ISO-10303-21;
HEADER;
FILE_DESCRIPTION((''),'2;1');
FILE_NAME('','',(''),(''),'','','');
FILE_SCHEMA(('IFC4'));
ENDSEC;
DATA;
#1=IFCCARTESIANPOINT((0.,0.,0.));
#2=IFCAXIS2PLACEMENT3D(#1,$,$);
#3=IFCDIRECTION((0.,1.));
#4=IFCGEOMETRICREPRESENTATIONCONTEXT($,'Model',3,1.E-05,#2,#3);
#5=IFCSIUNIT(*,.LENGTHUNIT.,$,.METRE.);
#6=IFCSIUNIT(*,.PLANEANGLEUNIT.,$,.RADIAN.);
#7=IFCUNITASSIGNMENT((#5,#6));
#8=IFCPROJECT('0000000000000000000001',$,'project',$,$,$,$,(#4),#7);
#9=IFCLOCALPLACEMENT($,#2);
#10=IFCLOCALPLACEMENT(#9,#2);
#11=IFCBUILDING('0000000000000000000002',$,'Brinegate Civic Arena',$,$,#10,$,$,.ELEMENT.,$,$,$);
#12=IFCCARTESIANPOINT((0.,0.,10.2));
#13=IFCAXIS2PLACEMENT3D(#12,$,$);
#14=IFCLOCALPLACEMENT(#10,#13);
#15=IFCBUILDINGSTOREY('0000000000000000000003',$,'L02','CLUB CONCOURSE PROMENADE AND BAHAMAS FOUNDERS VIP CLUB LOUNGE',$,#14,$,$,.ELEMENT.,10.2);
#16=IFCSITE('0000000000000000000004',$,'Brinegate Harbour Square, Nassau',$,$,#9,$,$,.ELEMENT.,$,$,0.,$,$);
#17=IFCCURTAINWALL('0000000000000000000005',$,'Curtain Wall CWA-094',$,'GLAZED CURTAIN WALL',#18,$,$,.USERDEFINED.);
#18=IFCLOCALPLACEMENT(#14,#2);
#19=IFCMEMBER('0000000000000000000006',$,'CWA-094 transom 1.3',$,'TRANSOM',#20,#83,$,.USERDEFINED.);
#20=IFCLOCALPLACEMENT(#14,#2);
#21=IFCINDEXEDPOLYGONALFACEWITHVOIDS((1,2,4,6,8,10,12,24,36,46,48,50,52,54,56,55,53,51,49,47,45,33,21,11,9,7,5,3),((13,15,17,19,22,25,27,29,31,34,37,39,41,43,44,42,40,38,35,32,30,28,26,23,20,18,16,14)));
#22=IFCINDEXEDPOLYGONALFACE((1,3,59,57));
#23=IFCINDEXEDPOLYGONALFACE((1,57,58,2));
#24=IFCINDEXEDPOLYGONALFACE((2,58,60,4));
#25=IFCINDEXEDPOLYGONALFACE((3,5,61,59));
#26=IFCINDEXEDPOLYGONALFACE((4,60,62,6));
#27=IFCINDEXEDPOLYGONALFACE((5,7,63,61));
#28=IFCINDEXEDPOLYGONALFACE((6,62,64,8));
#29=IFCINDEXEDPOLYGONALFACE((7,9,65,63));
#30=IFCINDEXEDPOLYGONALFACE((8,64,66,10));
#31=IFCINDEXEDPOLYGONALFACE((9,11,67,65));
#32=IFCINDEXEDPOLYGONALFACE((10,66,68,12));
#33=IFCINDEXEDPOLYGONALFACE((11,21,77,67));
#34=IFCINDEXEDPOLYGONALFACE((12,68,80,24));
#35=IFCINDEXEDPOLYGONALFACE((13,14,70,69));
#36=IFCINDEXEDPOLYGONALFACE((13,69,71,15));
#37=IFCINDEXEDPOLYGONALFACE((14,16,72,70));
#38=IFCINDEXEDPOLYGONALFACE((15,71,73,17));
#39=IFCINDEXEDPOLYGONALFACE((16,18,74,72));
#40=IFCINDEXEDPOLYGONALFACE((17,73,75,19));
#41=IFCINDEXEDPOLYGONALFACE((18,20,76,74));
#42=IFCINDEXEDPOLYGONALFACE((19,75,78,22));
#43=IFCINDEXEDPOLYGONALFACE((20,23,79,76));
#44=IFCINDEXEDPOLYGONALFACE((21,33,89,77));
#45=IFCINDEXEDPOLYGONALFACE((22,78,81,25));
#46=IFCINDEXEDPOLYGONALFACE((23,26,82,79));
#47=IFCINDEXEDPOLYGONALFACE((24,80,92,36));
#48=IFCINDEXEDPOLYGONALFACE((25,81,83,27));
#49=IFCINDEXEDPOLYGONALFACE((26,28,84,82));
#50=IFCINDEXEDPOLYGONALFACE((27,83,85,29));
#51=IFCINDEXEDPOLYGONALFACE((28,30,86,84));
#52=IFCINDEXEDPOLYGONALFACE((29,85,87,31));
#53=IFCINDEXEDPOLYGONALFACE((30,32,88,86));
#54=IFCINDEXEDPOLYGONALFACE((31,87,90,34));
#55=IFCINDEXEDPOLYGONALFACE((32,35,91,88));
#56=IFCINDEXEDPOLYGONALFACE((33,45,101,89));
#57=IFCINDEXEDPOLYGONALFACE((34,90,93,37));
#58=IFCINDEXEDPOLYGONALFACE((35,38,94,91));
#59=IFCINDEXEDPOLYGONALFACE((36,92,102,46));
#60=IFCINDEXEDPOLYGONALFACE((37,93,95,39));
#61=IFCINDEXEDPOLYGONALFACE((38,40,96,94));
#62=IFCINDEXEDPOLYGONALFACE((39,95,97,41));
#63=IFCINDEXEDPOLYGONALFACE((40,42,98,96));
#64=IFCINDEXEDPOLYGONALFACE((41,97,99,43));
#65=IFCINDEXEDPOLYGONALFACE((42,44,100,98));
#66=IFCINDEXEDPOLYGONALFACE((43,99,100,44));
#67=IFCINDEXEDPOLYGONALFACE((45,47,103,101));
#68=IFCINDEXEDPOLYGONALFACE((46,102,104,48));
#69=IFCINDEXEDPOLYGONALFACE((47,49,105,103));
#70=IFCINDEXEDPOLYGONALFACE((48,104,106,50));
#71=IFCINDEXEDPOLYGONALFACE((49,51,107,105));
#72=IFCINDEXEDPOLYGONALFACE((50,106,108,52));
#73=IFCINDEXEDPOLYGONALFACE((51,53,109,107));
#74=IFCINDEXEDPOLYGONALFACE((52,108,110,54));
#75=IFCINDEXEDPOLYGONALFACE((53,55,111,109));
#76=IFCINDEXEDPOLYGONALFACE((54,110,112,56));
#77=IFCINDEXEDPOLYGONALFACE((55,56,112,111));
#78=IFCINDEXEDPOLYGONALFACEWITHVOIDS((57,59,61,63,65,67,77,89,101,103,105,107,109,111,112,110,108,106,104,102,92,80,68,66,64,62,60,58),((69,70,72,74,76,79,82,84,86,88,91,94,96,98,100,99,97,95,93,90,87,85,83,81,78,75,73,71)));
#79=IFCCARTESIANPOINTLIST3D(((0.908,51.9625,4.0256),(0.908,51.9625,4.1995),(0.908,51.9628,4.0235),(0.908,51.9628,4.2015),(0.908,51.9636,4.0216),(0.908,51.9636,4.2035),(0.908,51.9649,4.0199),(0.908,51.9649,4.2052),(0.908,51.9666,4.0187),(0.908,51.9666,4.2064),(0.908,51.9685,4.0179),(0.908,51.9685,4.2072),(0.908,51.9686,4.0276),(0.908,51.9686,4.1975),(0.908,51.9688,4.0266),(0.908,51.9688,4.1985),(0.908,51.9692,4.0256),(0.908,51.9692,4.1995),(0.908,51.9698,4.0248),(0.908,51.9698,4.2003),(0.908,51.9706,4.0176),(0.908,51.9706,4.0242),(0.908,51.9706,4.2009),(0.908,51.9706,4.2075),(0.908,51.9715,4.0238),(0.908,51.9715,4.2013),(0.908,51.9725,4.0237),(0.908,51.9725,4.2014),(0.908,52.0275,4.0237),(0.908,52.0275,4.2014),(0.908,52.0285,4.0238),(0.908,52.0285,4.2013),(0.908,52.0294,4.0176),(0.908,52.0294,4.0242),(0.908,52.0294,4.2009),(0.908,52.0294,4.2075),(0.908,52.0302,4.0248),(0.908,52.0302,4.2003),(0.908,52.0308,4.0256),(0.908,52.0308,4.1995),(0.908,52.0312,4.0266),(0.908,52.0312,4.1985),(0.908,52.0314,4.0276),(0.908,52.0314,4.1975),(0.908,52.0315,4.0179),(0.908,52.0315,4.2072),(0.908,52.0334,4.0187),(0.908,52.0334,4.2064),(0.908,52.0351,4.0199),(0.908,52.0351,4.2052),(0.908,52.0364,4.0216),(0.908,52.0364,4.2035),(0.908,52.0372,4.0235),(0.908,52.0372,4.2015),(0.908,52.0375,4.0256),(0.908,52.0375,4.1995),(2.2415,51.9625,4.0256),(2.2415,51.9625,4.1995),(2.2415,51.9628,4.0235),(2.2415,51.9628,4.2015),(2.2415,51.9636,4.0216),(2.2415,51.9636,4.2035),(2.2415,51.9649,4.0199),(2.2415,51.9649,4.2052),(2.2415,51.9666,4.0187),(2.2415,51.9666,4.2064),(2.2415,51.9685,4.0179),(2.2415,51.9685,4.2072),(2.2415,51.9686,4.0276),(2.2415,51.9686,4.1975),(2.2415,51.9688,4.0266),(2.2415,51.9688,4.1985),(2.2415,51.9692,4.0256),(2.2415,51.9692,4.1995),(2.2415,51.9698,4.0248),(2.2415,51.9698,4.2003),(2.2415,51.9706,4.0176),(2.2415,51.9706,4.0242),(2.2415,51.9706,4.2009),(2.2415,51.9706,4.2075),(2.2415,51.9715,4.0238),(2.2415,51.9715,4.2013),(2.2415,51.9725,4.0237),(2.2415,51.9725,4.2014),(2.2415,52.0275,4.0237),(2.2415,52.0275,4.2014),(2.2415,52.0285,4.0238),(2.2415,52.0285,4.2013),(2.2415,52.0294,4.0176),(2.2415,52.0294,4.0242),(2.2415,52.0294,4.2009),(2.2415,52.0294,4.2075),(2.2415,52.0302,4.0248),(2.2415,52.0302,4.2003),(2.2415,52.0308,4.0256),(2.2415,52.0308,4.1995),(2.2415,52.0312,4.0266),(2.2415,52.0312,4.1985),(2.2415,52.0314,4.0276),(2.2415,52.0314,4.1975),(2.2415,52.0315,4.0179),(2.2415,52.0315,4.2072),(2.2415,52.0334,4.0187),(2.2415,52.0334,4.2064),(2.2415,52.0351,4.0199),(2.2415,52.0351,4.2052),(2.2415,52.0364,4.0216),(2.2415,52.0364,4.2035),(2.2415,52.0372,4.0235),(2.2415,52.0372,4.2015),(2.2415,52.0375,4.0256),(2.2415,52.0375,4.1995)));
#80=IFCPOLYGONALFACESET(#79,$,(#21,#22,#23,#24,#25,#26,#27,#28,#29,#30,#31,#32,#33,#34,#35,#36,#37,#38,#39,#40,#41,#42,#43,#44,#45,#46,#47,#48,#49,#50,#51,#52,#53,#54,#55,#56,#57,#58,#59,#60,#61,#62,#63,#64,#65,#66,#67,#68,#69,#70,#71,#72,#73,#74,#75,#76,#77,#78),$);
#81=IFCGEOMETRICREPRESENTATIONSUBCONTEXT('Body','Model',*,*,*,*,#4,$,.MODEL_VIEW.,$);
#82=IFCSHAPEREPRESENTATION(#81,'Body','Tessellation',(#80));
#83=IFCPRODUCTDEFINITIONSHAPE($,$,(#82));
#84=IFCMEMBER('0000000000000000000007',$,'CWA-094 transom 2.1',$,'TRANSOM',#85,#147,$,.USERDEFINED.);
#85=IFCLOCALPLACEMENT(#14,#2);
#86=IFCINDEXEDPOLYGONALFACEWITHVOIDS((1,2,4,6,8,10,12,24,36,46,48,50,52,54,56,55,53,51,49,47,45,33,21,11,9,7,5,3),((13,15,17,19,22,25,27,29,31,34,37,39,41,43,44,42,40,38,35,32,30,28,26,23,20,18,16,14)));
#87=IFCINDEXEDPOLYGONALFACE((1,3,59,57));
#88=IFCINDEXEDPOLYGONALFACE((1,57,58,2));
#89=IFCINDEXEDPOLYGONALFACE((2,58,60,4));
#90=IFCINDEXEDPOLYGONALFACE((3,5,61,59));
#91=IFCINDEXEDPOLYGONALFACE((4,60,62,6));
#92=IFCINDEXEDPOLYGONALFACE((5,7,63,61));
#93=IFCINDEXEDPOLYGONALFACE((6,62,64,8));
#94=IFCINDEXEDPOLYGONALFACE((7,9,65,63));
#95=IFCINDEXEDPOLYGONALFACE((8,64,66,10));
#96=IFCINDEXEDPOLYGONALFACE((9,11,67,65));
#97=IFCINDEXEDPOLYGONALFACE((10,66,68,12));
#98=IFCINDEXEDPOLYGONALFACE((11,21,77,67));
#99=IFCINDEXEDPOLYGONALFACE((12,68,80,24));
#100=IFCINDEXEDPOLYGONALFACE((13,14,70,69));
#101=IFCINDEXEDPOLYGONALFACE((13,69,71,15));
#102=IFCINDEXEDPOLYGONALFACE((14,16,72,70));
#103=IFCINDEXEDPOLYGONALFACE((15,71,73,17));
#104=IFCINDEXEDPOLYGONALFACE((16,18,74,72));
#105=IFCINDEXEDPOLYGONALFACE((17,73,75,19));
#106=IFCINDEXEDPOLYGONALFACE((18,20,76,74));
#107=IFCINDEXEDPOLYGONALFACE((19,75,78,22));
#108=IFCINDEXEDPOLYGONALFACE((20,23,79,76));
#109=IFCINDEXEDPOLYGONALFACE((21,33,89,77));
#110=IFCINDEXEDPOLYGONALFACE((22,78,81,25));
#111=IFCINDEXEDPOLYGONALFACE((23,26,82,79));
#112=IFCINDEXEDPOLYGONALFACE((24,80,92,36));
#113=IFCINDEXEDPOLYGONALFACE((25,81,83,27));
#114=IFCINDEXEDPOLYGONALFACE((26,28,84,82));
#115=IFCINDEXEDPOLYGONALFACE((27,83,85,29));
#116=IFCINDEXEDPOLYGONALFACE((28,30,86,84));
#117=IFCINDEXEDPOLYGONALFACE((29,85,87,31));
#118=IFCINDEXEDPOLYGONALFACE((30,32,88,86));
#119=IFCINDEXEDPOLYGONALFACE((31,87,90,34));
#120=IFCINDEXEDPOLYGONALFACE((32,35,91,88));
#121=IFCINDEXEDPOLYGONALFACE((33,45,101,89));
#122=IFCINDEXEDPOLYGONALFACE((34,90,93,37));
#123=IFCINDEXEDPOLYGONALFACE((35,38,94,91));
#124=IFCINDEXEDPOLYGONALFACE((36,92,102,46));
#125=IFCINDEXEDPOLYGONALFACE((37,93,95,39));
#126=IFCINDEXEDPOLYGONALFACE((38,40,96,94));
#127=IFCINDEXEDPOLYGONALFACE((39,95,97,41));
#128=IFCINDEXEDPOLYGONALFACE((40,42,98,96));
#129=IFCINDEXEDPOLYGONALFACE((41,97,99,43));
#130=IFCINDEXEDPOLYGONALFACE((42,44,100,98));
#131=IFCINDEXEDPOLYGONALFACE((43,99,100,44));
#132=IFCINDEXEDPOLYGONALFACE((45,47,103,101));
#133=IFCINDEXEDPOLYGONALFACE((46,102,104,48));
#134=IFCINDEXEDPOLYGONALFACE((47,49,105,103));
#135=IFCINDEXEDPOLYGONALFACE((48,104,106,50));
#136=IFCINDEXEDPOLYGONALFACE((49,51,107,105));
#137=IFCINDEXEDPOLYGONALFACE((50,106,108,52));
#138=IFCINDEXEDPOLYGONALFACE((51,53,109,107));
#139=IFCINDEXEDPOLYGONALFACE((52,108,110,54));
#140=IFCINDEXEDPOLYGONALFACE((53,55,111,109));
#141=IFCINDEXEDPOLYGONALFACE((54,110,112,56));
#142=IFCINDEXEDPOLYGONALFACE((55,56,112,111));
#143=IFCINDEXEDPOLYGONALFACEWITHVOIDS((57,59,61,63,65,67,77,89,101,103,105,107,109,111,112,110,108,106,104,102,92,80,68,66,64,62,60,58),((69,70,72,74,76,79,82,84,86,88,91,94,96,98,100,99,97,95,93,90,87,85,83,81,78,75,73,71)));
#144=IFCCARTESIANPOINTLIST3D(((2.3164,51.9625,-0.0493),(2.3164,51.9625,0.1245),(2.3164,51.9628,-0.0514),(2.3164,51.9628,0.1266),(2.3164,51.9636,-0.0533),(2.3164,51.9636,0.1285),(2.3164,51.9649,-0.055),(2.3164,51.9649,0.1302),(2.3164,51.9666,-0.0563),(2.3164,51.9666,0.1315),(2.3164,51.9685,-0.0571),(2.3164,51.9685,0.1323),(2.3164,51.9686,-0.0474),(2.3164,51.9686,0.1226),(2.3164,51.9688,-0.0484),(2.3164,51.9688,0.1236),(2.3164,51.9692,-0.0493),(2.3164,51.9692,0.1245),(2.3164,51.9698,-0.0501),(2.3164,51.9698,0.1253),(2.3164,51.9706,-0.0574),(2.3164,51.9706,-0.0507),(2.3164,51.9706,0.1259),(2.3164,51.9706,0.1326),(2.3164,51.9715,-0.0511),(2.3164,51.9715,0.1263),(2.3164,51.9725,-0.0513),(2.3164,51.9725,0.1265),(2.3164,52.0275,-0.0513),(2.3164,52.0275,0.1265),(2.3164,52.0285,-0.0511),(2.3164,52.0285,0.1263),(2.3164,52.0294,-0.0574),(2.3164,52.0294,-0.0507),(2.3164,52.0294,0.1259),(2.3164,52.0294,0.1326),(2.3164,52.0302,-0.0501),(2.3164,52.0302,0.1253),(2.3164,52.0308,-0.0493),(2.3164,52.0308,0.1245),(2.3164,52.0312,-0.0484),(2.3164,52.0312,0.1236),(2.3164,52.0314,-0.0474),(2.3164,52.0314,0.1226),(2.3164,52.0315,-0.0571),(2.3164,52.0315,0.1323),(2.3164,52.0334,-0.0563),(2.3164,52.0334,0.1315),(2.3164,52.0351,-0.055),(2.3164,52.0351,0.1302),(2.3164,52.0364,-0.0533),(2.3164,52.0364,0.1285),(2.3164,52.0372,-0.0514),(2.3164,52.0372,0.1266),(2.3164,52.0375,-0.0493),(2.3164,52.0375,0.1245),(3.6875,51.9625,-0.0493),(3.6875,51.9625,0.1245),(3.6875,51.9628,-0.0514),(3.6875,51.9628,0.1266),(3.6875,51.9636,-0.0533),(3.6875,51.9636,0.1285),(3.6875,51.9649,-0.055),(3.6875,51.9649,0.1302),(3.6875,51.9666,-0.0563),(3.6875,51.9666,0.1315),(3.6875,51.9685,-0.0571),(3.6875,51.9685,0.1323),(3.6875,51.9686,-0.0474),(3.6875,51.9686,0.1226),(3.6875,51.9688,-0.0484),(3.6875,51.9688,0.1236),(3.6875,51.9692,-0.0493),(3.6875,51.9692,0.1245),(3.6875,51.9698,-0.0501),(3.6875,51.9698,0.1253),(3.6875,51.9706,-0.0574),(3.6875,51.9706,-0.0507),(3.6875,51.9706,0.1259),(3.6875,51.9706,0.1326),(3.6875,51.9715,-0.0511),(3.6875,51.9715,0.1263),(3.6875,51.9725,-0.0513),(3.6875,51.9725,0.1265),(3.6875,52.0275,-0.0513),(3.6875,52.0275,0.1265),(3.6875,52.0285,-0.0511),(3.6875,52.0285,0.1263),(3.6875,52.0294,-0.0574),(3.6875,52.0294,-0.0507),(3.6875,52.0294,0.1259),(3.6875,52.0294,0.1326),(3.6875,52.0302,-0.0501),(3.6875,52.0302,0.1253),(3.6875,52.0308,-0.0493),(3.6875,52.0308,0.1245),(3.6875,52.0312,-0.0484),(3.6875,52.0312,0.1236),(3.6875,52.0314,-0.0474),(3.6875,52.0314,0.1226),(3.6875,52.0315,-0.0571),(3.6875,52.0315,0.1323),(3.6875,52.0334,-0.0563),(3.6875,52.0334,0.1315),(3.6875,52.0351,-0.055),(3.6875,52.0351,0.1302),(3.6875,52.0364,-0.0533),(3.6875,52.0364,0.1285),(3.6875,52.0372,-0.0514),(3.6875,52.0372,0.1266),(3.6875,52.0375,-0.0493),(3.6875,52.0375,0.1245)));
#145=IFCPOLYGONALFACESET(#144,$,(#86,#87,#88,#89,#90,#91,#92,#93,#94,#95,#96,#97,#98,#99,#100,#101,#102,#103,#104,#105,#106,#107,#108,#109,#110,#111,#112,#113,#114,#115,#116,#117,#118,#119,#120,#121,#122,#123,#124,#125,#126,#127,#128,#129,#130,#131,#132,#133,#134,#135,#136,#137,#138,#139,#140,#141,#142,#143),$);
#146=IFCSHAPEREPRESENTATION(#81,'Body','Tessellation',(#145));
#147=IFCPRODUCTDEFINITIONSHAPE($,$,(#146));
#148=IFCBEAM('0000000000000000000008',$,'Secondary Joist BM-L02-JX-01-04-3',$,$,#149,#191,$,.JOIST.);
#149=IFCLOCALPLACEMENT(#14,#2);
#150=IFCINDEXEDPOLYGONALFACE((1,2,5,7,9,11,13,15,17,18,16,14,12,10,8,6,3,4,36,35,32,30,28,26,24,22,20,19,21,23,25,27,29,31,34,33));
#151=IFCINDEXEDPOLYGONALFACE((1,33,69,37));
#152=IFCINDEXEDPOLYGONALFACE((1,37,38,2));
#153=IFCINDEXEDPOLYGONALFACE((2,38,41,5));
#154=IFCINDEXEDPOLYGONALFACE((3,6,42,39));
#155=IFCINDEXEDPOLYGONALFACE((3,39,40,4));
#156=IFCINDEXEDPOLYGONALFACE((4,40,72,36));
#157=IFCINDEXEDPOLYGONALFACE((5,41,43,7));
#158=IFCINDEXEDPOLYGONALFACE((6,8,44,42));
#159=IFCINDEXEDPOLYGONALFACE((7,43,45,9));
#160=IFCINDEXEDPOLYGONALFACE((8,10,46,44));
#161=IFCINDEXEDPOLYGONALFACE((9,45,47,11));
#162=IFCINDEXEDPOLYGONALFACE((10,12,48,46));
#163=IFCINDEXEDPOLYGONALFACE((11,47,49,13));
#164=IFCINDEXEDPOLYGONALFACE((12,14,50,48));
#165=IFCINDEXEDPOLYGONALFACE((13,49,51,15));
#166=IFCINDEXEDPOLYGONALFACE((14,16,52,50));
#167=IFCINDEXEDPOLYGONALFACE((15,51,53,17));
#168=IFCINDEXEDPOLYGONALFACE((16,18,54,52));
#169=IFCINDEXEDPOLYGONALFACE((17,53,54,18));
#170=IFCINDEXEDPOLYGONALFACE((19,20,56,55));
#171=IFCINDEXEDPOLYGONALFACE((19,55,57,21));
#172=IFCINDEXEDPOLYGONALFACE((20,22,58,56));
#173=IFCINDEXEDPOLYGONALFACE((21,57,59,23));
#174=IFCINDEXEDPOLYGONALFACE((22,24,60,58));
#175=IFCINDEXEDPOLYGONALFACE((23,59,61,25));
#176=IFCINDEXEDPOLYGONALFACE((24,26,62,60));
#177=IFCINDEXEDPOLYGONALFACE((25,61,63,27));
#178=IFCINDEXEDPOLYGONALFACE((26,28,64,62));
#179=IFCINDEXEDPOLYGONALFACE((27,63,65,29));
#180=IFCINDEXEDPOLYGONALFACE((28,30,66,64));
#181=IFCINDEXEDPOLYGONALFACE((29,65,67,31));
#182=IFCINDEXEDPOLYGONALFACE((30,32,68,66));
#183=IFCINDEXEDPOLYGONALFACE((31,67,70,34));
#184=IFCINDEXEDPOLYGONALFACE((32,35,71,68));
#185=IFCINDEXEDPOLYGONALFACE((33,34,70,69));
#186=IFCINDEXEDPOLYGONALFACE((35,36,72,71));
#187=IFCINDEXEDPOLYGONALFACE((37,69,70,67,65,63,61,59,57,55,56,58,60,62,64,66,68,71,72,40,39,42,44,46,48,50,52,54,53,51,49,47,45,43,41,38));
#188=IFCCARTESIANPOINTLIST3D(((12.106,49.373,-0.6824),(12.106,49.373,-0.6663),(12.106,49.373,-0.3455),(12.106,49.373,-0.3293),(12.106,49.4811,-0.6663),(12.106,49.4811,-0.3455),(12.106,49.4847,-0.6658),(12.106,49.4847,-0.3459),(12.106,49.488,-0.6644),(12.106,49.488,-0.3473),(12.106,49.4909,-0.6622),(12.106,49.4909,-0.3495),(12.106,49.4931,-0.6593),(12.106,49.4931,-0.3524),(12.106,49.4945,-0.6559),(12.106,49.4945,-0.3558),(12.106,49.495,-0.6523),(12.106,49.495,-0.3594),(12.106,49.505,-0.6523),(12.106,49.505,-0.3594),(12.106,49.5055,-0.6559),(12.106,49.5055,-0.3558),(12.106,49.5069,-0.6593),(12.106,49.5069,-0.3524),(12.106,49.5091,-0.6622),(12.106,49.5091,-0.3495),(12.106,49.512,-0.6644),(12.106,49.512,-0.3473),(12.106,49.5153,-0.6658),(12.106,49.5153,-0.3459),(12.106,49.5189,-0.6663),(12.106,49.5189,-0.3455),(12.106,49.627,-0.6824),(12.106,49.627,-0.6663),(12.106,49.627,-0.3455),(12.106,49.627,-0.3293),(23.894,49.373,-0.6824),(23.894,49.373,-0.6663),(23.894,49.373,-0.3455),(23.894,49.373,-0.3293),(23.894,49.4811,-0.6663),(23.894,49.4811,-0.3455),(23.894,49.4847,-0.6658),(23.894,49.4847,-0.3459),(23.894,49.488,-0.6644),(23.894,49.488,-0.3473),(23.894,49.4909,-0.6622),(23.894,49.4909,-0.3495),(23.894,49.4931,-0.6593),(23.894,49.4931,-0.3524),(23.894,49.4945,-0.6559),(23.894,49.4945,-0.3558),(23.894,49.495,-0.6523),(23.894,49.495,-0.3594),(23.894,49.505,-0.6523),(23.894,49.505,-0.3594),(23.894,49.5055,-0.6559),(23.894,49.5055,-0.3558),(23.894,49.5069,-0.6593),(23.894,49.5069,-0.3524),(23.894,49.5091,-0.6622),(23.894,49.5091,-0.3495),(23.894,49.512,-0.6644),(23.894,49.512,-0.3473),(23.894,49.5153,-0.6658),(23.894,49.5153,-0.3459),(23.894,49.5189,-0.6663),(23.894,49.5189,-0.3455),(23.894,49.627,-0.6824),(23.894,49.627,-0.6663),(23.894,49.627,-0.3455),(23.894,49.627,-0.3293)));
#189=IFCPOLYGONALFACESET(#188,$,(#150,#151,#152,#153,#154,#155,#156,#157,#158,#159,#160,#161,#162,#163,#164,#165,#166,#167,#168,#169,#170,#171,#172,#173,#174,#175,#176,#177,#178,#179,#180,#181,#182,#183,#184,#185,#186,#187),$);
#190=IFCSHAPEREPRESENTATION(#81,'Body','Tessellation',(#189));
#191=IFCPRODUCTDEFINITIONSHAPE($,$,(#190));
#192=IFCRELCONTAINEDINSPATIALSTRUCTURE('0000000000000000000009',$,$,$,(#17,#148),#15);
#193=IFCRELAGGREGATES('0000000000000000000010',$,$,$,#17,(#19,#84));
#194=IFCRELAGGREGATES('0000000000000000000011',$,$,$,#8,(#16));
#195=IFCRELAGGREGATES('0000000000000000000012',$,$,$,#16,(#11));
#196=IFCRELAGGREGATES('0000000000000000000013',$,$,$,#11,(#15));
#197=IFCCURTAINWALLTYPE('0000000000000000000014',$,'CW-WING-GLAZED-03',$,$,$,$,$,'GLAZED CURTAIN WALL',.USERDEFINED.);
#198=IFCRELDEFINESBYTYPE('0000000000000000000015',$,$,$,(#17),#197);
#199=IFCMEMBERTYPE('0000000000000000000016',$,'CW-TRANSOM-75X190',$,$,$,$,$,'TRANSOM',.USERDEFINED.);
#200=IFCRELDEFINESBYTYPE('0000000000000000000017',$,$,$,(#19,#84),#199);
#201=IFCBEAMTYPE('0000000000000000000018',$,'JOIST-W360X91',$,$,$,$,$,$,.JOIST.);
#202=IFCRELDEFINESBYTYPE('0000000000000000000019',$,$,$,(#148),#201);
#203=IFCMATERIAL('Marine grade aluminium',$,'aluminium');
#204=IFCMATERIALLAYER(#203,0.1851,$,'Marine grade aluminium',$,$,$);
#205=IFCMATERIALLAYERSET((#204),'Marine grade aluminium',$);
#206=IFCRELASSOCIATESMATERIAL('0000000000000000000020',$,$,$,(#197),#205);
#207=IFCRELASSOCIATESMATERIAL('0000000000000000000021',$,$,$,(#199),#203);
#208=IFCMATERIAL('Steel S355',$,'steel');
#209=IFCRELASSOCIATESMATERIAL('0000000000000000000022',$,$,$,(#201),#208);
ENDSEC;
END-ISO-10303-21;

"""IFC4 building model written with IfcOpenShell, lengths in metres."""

from ifc_helpers import new_model, si_unit, direction, frame, origin, origin_2d, place, context, subcontext, project, spatial, hollow_rectangle, i_section, extrude, material, layer, layer_set, material_profile, profile_set, type_object, element, aggregate, save


model = new_model("IFC4")

# Units and contexts
model_context = context("Model", 3, precision=1e-05, world=origin(), true_north=direction((0.0, 1.0)))
body_context = subcontext(model_context, "Body", "Model", "MODEL_VIEW")
ifc_project = project(units=[si_unit("LENGTHUNIT", "METRE"), si_unit("PLANEANGLEUNIT", "RADIAN")], contexts=[model_context])

# Site, building, storey
site_placement = place(None, origin())
site = spatial("IfcSite", under=ifc_project, at=site_placement, Name="Brinegate Harbour Square, Nassau", CompositionType="ELEMENT", RefElevation=0.0)
building_placement = place(site_placement, origin())
building = spatial("IfcBuilding", under=site, at=building_placement, Name="Brinegate Civic Arena", CompositionType="ELEMENT")
storey_placement = place(building_placement, frame((0.0, 0.0, 10.2)))
storey = spatial("IfcBuildingStorey", under=building, at=storey_placement, Name="L02", Description="CLUB CONCOURSE PROMENADE AND BAHAMAS FOUNDERS VIP CLUB LOUNGE", CompositionType="ELEMENT", Elevation=10.2)

# Shared definitions
ifc_material_1 = material(Name="Steel S355", Category="steel")

# Curtain wall
ifc_material_2 = material(Name="Marine grade aluminium", Category="aluminium")
ifc_layer_1 = layer(ifc_material_2, 0.1851, Name="Marine grade aluminium")
ifc_layer_set_1 = layer_set([ifc_layer_1], Name="Marine grade aluminium")
curtain_wall_type = type_object("IfcCurtainWallType", Name="CW-WING-GLAZED-03", ElementType="GLAZED CURTAIN WALL", PredefinedType="USERDEFINED", material=ifc_layer_set_1)
curtain_wall_1_placement = place(storey_placement, origin())
curtain_wall_1 = element("IfcCurtainWall", 1, at=curtain_wall_1_placement, inside=storey, type_object=curtain_wall_type, Name="Curtain Wall CWA-094", ObjectType="GLAZED CURTAIN WALL", PredefinedType="USERDEFINED")

# Members
ifc_material_profile_1 = material_profile(ifc_material_2, hollow_rectangle(XDim=0.075, YDim=0.1899, WallThickness=0.0061, InnerFilletRadius=0.0039, OuterFilletRadius=0.0081, at=origin_2d()), Name="TRN75X190")
ifc_profile_set_1 = profile_set([ifc_material_profile_1], Name="Marine grade aluminium")
member_type_1 = type_object("IfcMemberType", Name="CW-TRANSOM-75X190", ElementType="TRANSOM", PredefinedType="USERDEFINED", material=ifc_profile_set_1)
member_1_placement = place(storey_placement, frame((0.908, 52.0, 4.1125), z_axis=(1.0, 0.0, 0.0), x_axis=(0.0, 1.0, 0.0)))
member_1 = element("IfcMember", 2, at=member_1_placement, type_object=member_type_1, Name="CWA-094 transom 1.3", ObjectType="TRANSOM", PredefinedType="USERDEFINED", context=body_context, shape_type="SweptSolid", body=[
    extrude(hollow_rectangle(XDim=0.075, YDim=0.1899, WallThickness=0.0061, InnerFilletRadius=0.0039, OuterFilletRadius=0.0081, at=origin_2d()), origin(), (0.0, 0.0, 1.0), 1.3335),
])
member_2_placement = place(storey_placement, frame((2.3164, 52.0, 0.0376), z_axis=(1.0, 0.0, 0.0), x_axis=(0.0, 1.0, 0.0)))
member_2 = element("IfcMember", 3, at=member_2_placement, type_object=member_type_1, Name="CWA-094 transom 2.1", ObjectType="TRANSOM", PredefinedType="USERDEFINED", context=body_context, shape_type="SweptSolid", body=[
    extrude(hollow_rectangle(XDim=0.075, YDim=0.1899, WallThickness=0.0061, InnerFilletRadius=0.0039, OuterFilletRadius=0.0081, at=origin_2d()), origin(), (0.0, 0.0, 1.0), 1.3711),
])

# Beam
ifc_material_profile_2 = material_profile(ifc_material_1, i_section(OverallWidth=0.2539, OverallDepth=0.353, WebThickness=0.01, FlangeThickness=0.0161, FilletRadius=0.0139, at=origin_2d()), Name="W360X91")
ifc_profile_set_2 = profile_set([ifc_material_profile_2], Name="Steel S355")
beam_type_1 = type_object("IfcBeamType", Name="JOIST-W360X91", PredefinedType="JOIST", material=ifc_profile_set_2)
beam_1_placement = place(storey_placement, frame((12.106, 49.5, -0.5059), z_axis=(1.0, 0.0, 0.0), x_axis=(0.0, 1.0, 0.0)))
element("IfcBeam", 4, at=beam_1_placement, inside=storey, type_object=beam_type_1, Name="Secondary Joist BM-L02-JX-01-04-3", PredefinedType="JOIST", context=body_context, shape_type="SweptSolid", body=[
    extrude(i_section(OverallWidth=0.2539, OverallDepth=0.353, WebThickness=0.01, FlangeThickness=0.0161, FilletRadius=0.0139, at=origin_2d()), origin(), (0.0, 0.0, 1.0), 11.7881),
])

aggregate(curtain_wall_1, [member_1, member_2])

save(model, "model.ifc")
